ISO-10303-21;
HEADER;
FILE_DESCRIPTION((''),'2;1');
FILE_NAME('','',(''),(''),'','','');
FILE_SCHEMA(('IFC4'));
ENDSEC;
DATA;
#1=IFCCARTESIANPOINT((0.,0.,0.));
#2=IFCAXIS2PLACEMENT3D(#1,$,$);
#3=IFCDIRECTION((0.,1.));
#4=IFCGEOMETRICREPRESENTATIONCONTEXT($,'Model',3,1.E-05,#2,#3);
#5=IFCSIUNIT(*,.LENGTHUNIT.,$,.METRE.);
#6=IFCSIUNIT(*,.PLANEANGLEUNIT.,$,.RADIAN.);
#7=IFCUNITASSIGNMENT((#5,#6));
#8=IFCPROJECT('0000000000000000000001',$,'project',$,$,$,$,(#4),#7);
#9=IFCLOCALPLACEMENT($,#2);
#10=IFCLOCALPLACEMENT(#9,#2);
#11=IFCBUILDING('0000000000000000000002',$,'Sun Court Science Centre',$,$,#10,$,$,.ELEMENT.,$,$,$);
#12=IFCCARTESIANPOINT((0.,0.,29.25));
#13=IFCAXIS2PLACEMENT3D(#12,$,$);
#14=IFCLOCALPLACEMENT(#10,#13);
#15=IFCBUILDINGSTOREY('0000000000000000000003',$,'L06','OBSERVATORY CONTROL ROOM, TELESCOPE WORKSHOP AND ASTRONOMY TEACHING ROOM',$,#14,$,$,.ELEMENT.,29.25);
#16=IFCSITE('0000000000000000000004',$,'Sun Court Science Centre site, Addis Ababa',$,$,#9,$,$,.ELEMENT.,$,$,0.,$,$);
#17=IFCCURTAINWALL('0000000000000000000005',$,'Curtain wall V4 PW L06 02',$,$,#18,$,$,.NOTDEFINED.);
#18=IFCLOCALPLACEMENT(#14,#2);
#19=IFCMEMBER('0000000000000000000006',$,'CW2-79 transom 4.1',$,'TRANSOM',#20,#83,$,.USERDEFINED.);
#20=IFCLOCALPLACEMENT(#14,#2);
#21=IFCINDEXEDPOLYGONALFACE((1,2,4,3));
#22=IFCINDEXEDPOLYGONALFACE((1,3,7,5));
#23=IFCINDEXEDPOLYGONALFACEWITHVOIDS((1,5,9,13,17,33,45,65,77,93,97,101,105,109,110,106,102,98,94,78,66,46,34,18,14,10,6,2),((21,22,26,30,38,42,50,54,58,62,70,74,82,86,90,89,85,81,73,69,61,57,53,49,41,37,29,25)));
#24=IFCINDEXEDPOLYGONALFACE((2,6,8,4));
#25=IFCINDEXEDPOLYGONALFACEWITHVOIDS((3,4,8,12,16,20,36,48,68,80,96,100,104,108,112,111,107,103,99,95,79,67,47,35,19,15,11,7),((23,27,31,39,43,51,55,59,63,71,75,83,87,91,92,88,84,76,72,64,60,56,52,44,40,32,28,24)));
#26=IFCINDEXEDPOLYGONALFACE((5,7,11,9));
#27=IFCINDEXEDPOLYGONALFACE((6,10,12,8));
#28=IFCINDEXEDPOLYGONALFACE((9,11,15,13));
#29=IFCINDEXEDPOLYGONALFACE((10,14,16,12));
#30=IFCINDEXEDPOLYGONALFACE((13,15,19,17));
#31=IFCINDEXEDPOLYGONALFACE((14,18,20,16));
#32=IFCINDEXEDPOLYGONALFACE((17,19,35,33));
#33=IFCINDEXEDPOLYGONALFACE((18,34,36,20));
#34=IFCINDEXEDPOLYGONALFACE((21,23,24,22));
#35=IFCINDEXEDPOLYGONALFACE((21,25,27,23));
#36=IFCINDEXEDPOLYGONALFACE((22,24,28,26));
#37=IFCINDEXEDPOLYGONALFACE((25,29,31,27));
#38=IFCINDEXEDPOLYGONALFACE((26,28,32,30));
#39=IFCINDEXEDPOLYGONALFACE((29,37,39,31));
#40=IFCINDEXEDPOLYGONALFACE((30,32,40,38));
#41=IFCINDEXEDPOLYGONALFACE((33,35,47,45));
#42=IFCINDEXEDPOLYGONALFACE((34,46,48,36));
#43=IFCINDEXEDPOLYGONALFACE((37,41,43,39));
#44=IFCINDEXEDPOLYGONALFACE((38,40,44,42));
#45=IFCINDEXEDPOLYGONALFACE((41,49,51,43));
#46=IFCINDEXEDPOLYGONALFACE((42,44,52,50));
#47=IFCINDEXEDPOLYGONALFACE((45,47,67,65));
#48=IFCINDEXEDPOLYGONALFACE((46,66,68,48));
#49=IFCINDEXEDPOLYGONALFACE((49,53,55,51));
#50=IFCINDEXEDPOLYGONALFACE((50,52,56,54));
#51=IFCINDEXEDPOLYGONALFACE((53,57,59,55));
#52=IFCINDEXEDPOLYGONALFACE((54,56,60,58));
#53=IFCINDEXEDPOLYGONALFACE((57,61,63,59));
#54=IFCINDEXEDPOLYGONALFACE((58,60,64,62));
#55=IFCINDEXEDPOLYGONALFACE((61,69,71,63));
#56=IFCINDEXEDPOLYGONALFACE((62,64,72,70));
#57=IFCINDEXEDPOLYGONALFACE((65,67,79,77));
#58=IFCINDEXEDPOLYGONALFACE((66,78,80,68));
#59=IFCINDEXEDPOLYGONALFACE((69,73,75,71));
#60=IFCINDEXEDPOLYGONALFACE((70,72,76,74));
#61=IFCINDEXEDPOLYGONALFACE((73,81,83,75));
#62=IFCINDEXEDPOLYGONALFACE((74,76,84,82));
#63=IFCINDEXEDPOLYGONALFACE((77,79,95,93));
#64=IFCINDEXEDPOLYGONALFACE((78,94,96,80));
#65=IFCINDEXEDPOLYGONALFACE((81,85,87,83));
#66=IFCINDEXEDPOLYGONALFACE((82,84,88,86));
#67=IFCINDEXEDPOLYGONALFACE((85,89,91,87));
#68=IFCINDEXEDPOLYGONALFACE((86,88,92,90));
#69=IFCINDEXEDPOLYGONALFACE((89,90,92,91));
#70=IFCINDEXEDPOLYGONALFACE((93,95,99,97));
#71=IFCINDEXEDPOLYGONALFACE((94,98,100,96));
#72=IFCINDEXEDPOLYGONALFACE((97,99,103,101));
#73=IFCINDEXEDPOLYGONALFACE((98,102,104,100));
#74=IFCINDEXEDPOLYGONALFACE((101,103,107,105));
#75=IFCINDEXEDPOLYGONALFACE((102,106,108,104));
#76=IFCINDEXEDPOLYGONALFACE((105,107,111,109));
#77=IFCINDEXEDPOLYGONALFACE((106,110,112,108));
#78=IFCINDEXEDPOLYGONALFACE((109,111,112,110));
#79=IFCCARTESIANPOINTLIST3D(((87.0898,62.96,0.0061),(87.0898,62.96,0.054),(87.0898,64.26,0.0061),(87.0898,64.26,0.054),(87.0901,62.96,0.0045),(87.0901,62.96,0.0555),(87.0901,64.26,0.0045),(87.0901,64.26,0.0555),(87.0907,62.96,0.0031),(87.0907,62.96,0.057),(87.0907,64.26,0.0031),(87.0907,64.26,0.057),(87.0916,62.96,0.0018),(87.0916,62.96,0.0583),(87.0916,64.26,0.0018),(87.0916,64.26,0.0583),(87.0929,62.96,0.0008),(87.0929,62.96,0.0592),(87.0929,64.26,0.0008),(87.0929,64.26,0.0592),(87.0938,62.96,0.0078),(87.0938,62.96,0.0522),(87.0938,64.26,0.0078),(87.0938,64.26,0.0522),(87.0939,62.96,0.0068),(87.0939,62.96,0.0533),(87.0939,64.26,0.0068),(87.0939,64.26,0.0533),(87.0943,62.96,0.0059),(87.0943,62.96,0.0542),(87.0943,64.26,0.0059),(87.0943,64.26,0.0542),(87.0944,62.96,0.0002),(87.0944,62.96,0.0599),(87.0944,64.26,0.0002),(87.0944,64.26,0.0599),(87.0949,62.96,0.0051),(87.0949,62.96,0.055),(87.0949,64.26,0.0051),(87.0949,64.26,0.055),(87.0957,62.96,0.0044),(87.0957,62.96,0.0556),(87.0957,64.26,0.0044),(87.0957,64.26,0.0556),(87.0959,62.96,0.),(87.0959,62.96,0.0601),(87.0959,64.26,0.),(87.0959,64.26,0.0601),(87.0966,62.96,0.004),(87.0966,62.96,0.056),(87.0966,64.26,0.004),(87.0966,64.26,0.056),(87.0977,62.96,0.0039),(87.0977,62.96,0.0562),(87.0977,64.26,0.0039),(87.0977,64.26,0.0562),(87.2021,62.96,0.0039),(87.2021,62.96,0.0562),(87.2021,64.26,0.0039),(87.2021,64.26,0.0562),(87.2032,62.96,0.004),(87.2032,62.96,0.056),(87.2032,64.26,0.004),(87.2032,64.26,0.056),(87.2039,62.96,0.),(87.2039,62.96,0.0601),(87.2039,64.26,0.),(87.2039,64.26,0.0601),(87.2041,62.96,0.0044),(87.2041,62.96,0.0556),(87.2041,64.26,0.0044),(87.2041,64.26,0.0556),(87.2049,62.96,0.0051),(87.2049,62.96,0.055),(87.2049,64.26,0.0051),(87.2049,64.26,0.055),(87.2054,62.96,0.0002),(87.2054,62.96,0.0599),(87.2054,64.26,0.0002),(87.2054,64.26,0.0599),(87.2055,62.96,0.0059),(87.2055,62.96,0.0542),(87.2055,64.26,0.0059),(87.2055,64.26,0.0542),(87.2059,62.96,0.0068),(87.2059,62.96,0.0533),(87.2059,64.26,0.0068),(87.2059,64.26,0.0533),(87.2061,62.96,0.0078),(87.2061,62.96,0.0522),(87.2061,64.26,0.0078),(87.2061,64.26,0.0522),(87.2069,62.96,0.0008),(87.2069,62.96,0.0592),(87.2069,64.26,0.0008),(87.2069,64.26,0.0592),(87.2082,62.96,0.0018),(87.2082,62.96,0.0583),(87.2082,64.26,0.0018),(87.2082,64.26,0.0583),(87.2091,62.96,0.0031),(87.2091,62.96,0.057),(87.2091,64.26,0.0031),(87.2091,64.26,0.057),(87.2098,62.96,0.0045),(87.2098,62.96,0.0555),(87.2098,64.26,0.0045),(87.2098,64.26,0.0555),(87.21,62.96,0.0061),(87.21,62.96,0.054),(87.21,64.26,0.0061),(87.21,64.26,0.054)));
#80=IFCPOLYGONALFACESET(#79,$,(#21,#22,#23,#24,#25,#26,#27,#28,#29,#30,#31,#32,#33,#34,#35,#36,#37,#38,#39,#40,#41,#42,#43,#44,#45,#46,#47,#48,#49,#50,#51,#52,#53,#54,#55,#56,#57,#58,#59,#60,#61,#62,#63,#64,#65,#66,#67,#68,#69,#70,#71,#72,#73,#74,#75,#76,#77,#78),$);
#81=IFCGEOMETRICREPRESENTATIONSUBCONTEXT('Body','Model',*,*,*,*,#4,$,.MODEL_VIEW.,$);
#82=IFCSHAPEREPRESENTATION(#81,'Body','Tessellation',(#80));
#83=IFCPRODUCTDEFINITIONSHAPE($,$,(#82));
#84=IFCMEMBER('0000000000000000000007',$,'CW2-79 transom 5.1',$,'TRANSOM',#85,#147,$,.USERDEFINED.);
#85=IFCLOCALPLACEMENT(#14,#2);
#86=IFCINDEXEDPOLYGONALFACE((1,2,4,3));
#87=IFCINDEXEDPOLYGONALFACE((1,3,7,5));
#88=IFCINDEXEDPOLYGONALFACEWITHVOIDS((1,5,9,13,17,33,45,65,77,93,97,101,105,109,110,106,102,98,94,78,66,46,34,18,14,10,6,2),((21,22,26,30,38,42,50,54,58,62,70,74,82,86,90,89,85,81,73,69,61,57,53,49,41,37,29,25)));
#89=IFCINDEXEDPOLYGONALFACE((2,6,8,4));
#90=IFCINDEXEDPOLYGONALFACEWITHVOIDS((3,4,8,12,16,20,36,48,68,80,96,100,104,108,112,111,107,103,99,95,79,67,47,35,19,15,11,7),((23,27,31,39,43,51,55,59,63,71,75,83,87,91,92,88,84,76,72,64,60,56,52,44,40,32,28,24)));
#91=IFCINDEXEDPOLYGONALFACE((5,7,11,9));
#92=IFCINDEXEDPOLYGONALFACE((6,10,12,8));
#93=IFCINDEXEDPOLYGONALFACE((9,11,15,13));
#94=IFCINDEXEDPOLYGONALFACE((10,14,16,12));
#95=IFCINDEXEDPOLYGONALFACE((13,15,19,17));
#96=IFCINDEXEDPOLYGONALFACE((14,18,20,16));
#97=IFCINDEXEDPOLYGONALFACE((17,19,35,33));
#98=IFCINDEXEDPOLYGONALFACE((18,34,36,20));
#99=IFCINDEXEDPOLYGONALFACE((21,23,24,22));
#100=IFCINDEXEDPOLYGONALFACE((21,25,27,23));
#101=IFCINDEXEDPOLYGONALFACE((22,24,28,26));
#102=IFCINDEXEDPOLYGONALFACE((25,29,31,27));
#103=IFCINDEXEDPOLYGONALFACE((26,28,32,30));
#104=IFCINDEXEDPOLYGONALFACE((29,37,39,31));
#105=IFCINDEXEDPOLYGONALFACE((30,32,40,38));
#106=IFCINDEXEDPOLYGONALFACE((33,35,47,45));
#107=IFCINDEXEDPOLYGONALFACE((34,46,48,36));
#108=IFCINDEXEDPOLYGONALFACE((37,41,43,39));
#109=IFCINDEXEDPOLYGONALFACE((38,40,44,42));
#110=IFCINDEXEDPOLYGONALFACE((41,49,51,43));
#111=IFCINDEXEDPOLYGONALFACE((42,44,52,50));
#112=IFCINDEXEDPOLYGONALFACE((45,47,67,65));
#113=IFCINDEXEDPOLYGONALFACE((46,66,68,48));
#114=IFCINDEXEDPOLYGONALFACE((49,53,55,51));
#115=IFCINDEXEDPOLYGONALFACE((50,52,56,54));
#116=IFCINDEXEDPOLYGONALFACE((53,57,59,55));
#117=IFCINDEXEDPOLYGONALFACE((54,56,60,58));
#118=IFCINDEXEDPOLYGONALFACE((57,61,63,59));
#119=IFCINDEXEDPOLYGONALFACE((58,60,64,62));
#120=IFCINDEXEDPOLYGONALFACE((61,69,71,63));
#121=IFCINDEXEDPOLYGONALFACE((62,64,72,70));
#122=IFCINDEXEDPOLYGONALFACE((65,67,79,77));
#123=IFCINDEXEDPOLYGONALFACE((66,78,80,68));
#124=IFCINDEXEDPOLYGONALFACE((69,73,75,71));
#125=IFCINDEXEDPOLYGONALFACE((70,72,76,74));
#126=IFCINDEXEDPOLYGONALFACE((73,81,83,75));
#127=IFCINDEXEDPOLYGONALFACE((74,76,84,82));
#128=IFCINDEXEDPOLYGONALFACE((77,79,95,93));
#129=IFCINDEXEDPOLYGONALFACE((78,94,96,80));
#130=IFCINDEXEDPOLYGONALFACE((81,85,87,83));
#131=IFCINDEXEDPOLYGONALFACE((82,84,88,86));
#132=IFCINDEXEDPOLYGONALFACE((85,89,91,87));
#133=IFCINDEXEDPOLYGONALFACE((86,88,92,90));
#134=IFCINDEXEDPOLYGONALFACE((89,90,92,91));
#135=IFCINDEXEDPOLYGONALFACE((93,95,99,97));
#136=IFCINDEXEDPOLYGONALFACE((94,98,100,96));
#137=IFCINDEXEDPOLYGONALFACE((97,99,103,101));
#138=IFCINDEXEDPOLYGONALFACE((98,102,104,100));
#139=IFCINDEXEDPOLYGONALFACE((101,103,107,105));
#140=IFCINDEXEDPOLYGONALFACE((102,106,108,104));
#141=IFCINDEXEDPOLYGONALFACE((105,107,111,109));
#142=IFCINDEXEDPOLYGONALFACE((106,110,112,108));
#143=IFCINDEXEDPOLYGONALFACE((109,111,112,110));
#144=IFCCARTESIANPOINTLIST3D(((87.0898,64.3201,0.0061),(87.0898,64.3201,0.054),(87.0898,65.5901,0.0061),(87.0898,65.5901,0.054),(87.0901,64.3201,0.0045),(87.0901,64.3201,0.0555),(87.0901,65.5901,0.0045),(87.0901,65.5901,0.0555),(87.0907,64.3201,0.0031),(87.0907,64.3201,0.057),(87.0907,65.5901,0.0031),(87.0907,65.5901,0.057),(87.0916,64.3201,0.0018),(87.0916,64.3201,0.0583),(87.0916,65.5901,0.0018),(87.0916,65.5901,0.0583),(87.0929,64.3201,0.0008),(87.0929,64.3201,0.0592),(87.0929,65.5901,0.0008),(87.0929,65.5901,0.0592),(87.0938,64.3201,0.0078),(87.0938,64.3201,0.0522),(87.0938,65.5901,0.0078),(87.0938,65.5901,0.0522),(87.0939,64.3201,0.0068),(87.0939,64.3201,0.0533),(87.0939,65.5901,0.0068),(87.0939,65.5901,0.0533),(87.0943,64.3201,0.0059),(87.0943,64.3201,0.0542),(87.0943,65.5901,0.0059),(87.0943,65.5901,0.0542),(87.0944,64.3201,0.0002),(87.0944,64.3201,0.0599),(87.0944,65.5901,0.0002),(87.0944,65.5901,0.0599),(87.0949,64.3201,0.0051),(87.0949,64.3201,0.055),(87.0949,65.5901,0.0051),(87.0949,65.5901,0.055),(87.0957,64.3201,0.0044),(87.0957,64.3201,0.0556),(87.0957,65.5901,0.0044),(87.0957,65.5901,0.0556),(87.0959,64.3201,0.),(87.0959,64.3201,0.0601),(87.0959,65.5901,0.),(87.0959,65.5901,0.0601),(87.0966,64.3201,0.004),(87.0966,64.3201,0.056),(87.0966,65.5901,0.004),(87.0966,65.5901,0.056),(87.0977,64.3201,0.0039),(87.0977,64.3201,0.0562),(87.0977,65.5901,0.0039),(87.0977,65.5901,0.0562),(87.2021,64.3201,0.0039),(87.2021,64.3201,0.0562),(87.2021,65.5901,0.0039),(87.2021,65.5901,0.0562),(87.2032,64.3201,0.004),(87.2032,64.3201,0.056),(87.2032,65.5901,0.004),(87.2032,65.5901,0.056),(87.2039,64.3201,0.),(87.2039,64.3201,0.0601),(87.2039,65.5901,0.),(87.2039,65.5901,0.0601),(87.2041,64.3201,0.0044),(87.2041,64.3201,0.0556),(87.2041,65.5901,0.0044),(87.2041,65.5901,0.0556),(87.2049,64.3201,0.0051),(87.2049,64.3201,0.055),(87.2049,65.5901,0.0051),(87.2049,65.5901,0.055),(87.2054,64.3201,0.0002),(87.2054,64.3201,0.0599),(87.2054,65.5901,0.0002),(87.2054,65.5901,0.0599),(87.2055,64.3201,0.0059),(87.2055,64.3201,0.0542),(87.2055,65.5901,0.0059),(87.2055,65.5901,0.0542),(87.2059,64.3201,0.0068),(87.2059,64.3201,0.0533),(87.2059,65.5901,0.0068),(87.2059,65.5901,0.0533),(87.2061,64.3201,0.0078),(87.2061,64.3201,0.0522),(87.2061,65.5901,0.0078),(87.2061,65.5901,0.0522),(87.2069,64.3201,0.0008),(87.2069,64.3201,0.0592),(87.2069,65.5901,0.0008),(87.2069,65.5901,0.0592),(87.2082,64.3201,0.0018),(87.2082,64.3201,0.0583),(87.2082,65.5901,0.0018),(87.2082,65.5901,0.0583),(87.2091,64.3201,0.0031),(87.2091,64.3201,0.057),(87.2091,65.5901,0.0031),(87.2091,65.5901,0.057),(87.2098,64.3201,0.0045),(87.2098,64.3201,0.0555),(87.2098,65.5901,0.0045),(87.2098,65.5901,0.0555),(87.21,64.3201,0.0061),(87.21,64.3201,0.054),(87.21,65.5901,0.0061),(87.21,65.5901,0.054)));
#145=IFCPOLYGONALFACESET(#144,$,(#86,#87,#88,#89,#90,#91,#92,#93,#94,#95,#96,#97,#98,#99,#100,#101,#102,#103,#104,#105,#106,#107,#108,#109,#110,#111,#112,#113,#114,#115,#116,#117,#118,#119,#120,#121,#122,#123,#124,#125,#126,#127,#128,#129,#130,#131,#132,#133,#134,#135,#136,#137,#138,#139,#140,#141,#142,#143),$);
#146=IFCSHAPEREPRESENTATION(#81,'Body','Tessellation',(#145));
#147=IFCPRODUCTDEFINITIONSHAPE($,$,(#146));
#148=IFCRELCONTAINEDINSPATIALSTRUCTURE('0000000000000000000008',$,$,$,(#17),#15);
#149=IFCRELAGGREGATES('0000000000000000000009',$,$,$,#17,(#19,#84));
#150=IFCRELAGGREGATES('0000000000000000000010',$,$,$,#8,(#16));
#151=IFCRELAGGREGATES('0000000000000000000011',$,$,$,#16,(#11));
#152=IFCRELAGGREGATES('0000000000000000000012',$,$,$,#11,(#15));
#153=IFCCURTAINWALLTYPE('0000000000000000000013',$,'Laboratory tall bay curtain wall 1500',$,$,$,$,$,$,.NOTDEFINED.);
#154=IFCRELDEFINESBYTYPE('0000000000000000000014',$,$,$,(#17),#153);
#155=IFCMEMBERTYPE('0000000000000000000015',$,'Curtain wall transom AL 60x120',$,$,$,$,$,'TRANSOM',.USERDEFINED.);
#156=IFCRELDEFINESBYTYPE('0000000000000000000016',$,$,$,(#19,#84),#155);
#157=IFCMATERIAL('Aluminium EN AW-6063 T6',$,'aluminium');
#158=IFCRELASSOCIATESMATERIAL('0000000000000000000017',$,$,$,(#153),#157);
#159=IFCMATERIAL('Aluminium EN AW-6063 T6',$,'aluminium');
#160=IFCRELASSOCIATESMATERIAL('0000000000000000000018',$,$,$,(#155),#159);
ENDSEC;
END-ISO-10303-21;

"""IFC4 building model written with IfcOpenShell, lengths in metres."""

from ifc_helpers import new_model, si_unit, direction, frame, origin, origin_2d, place, context, subcontext, project, spatial, hollow_rectangle, extrude, material, material_profile, profile_set, type_object, element, aggregate, save


model = new_model("IFC4")

# Units and contexts
model_context = context("Model", 3, precision=1e-05, world=origin(), true_north=direction((0.0, 1.0)))
body_context = subcontext(model_context, "Body", "Model", "MODEL_VIEW")
ifc_project = project(units=[si_unit("LENGTHUNIT", "METRE"), si_unit("PLANEANGLEUNIT", "RADIAN")], contexts=[model_context])

# Site, building, storey
site_placement = place(None, origin())
site = spatial("IfcSite", under=ifc_project, at=site_placement, Name="Sun Court Science Centre site, Addis Ababa", CompositionType="ELEMENT", RefElevation=0.0)
building_placement = place(site_placement, origin())
building = spatial("IfcBuilding", under=site, at=building_placement, Name="Sun Court Science Centre", CompositionType="ELEMENT")
storey_placement = place(building_placement, frame((0.0, 0.0, 29.25)))
storey = spatial("IfcBuildingStorey", under=building, at=storey_placement, Name="L06", Description="OBSERVATORY CONTROL ROOM, TELESCOPE WORKSHOP AND ASTRONOMY TEACHING ROOM", CompositionType="ELEMENT", Elevation=29.25)

# Curtain wall, members
ifc_material_1 = material(Name="Aluminium EN AW-6063 T6", Category="aluminium")
curtain_wall_type = type_object("IfcCurtainWallType", Name="Laboratory tall bay curtain wall 1500", PredefinedType="NOTDEFINED", material=ifc_material_1)
curtain_wall_placement = place(storey_placement, origin())
curtain_wall = element("IfcCurtainWall", 1, at=curtain_wall_placement, inside=storey, type_object=curtain_wall_type, Name="Curtain wall V4 PW L06 02", PredefinedType="NOTDEFINED")
ifc_material_2 = material(Name="Aluminium EN AW-6063 T6", Category="aluminium")
ifc_material_profile_1 = material_profile(ifc_material_2, hollow_rectangle(XDim=0.0601, YDim=0.1201, WallThickness=0.0039, InnerFilletRadius=0.0039, OuterFilletRadius=0.0061, at=origin_2d()), Name="AL 60x120x4")
ifc_profile_set_1 = profile_set([ifc_material_profile_1], Name="Aluminium EN AW-6063 T6")
member_type_1 = type_object("IfcMemberType", Name="Curtain wall transom AL 60x120", ElementType="TRANSOM", PredefinedType="USERDEFINED", material=ifc_profile_set_1)
member_1_placement = place(storey_placement, frame((87.1499, 62.96, 0.03), z_axis=(0.0, 1.0, 0.0), x_axis=(0.0, 0.0, 1.0)))
member_1 = element("IfcMember", 2, at=member_1_placement, type_object=member_type_1, Name="CW2-79 transom 4.1", ObjectType="TRANSOM", PredefinedType="USERDEFINED", context=body_context, shape_type="SweptSolid", body=[
    extrude(hollow_rectangle(XDim=0.0601, YDim=0.1201, WallThickness=0.0039, InnerFilletRadius=0.0039, OuterFilletRadius=0.0061, at=origin_2d()), origin(), (0.0, 0.0, 1.0), 1.3),
])
member_2_placement = place(storey_placement, frame((87.1499, 64.3201, 0.03), z_axis=(0.0, 1.0, 0.0), x_axis=(0.0, 0.0, 1.0)))
member_2 = element("IfcMember", 3, at=member_2_placement, type_object=member_type_1, Name="CW2-79 transom 5.1", ObjectType="TRANSOM", PredefinedType="USERDEFINED", context=body_context, shape_type="SweptSolid", body=[
    extrude(hollow_rectangle(XDim=0.0601, YDim=0.1201, WallThickness=0.0039, InnerFilletRadius=0.0039, OuterFilletRadius=0.0061, at=origin_2d()), origin(), (0.0, 0.0, 1.0), 1.27),
])

aggregate(curtain_wall, [member_1, member_2])

save(model, "model.ifc")
